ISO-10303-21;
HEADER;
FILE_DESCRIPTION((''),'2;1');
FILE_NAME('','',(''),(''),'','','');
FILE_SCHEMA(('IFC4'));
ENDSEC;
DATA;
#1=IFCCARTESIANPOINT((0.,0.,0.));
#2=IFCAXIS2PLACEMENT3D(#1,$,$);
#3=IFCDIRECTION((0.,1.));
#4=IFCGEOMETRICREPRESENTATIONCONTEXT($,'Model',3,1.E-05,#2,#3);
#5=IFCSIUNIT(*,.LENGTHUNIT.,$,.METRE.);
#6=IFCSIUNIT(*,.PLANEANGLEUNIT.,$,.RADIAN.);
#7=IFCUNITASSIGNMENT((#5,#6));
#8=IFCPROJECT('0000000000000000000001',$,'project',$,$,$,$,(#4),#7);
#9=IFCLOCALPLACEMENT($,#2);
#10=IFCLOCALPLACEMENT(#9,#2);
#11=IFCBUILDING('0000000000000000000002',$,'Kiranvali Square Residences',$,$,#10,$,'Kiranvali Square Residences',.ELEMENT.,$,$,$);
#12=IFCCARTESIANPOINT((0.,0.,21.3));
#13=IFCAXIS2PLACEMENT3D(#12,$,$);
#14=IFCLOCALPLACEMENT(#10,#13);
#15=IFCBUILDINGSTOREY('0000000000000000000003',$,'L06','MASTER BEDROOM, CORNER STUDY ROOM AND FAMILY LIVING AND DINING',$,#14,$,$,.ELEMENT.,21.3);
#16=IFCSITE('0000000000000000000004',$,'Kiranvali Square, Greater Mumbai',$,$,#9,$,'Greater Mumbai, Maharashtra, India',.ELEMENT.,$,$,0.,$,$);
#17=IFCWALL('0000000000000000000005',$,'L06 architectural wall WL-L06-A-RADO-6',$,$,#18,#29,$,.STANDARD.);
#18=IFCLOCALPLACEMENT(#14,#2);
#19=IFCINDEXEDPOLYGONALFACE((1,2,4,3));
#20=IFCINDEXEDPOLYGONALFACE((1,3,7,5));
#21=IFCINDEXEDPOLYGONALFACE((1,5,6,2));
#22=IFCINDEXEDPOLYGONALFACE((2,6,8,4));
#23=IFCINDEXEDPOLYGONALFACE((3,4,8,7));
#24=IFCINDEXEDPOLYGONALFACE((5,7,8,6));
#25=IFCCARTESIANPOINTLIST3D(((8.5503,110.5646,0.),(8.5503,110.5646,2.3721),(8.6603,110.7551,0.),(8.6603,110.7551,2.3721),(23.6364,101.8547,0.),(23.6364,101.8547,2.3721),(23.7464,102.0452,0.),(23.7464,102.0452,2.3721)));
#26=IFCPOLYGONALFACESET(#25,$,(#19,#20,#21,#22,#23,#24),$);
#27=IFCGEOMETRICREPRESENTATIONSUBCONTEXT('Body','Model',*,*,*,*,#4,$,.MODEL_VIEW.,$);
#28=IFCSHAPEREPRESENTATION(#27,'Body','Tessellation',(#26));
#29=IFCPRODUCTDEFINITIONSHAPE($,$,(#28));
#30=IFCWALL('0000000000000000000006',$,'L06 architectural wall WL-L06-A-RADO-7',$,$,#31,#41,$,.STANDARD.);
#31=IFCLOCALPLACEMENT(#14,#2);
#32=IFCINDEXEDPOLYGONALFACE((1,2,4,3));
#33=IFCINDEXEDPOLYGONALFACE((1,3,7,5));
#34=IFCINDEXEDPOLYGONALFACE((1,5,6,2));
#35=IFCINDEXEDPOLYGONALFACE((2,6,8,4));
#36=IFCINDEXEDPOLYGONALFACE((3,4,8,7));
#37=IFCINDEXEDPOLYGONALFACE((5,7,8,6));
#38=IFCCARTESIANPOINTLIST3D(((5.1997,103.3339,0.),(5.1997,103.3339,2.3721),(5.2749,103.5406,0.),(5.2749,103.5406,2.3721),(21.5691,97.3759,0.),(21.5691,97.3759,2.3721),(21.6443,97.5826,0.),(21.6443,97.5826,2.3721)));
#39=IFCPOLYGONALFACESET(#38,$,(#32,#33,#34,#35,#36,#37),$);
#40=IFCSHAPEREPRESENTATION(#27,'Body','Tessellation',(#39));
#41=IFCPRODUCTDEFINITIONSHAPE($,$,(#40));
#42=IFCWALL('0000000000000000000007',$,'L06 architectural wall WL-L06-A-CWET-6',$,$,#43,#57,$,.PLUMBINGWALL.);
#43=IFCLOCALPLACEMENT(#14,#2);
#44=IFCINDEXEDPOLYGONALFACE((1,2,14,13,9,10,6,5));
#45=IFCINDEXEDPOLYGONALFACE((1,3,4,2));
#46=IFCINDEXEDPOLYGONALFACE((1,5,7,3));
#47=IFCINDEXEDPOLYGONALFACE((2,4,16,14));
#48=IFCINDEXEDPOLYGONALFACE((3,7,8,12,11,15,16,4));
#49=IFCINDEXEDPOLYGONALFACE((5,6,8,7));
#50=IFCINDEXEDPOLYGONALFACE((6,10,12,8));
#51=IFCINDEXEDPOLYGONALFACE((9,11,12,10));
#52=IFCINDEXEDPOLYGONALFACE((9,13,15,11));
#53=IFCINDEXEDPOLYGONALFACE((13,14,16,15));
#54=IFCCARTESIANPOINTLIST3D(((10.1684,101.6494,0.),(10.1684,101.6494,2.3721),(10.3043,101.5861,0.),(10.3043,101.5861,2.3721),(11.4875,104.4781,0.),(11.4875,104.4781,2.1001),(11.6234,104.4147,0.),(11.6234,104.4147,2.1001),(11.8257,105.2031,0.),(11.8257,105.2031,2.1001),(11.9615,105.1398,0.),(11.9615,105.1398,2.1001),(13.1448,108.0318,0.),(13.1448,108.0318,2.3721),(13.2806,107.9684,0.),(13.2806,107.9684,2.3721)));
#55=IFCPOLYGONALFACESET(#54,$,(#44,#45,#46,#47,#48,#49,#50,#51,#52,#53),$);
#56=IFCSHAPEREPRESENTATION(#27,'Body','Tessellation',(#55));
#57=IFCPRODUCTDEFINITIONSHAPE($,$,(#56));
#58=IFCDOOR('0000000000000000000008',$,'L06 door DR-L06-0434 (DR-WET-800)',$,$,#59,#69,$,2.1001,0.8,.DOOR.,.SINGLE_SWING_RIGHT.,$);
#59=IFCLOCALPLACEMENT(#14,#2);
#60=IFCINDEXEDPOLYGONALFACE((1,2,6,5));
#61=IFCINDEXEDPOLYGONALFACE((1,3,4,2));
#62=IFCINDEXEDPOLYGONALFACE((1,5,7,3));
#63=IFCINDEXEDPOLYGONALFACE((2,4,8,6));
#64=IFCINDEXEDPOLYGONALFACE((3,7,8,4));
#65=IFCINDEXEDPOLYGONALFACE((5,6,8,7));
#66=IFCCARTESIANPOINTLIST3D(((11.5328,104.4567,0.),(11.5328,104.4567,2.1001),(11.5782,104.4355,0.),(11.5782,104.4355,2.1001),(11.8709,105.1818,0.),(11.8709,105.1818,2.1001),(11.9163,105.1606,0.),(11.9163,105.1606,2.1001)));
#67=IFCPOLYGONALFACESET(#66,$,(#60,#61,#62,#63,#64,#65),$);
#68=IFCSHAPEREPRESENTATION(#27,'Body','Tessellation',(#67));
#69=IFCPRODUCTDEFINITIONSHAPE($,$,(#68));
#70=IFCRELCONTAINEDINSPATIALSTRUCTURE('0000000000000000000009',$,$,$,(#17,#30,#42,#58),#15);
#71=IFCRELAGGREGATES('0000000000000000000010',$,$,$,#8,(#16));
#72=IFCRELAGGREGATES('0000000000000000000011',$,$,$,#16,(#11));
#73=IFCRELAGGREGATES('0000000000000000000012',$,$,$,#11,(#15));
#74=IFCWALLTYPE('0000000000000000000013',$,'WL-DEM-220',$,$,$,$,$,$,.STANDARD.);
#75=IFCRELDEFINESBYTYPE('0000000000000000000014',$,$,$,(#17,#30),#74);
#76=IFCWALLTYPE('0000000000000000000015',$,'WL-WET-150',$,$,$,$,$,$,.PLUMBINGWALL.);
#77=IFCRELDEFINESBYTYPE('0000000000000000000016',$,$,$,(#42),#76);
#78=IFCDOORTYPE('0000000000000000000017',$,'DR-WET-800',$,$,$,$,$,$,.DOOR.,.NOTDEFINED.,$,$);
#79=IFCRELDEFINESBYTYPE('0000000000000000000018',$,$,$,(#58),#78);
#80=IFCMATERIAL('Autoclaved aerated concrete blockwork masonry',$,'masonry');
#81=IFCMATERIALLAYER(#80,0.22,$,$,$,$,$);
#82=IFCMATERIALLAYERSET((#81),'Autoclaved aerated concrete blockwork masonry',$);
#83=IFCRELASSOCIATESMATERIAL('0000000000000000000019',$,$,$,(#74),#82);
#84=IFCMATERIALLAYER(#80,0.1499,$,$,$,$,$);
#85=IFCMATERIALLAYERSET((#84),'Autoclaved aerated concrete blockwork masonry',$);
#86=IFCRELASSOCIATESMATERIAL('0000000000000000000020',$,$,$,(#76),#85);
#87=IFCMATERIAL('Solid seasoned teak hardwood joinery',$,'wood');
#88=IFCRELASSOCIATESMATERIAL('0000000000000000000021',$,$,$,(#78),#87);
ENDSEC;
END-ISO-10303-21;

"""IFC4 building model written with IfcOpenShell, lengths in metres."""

from ifc_helpers import new_model, si_unit, direction, frame, frame_2d, origin, place, context, subcontext, project, spatial, rectangle, extrude, material, layer, layer_set, type_object, element, fill, save


model = new_model("IFC4")

# Units and contexts
model_context = context("Model", 3, precision=1e-05, world=origin(), true_north=direction((0.0, 1.0)))
body_context = subcontext(model_context, "Body", "Model", "MODEL_VIEW")
ifc_project = project(units=[si_unit("LENGTHUNIT", "METRE"), si_unit("PLANEANGLEUNIT", "RADIAN")], contexts=[model_context])

# Site, building, storey
site_placement = place(None, origin())
site = spatial("IfcSite", under=ifc_project, at=site_placement, Name="Kiranvali Square, Greater Mumbai", LongName="Greater Mumbai, Maharashtra, India", CompositionType="ELEMENT", RefElevation=0.0)
building_placement = place(site_placement, origin())
building = spatial("IfcBuilding", under=site, at=building_placement, Name="Kiranvali Square Residences", LongName="Kiranvali Square Residences", CompositionType="ELEMENT")
storey_placement = place(building_placement, frame((0.0, 0.0, 21.3)))
storey = spatial("IfcBuildingStorey", under=building, at=storey_placement, Name="L06", Description="MASTER BEDROOM, CORNER STUDY ROOM AND FAMILY LIVING AND DINING", CompositionType="ELEMENT", Elevation=21.3)

# Shared definitions
ifc_material_1 = material(Name="Autoclaved aerated concrete blockwork masonry", Category="masonry")

# Walls
ifc_layer_1 = layer(ifc_material_1, 0.22)
ifc_layer_set_1 = layer_set([ifc_layer_1], Name="Autoclaved aerated concrete blockwork masonry")
wall_type_1 = type_object("IfcWallType", Name="WL-DEM-220", PredefinedType="STANDARD", material=ifc_layer_set_1)
for number, where, z_axis, x_axis, name in (
    (1, (23.6914, 101.95, 0.0), (0.0, 0.0, 1.0), (-0.866027, 0.499998, 0.0), "L06 architectural wall WL-L06-A-RADO-6"),
    (2, (21.6067, 97.4792, 0.0), (0.0, 0.0, 1.0), (-0.939692, 0.342022, 0.0), "L06 architectural wall WL-L06-A-RADO-7"),
):
    element("IfcWall", number, at=place(storey_placement, frame(where, z_axis=z_axis, x_axis=x_axis)), inside=storey, type_object=wall_type_1, Name=name, PredefinedType="STANDARD", context=body_context, shape_type="SweptSolid", body=[
        extrude(rectangle(XDim=17.4199, YDim=0.22, at=frame_2d((8.71, 0.0))), origin(), (0.0, 0.0, 1.0), 2.3721),
    ])

# Wall, opening, door
ifc_layer_2 = layer(ifc_material_1, 0.1499)
ifc_layer_set_2 = layer_set([ifc_layer_2], Name="Autoclaved aerated concrete blockwork masonry")
wall_type_2 = type_object("IfcWallType", Name="WL-WET-150", PredefinedType="PLUMBINGWALL", material=ifc_layer_set_2)
wall_1_placement = place(storey_placement, frame((13.2126, 108.0, 0.0), z_axis=(0.0, 0.0, 1.0), x_axis=(-0.422641, -0.906297, 0.0)))
wall_1 = element("IfcWall", 3, at=wall_1_placement, inside=storey, type_object=wall_type_2, Name="L06 architectural wall WL-L06-A-CWET-6", PredefinedType="PLUMBINGWALL", context=body_context, shape_type="SweptSolid", body=[
    extrude(rectangle(XDim=7.0422, YDim=0.1499, at=frame_2d((3.521, 0.0))), origin(), (0.0, 0.0, 1.0), 2.3721),
])
opening_1_placement = place(wall_1_placement, frame((3.1211, 0.0, 0.0)))
opening_1 = element("IfcOpeningElement", 4, at=opening_1_placement, cuts=wall_1, PredefinedType="OPENING", context=body_context, shape_type="SweptSolid", body=[
    extrude(rectangle(XDim=0.8, YDim=2.1001, at=frame_2d((0.3999, 1.05))), frame((0.0, 0.085, 0.0), z_axis=(0.0, -1.0, 0.0), x_axis=(1.0, 0.0, 0.0)), (0.0, 0.0, 1.0), 0.1699),
])
ifc_material_2 = material(Name="Solid seasoned teak hardwood joinery", Category="wood")
door_type_1 = type_object("IfcDoorType", Name="DR-WET-800", OperationType="NOTDEFINED", PredefinedType="DOOR", material=ifc_material_2)
door_1_placement = place(opening_1_placement, frame((0.8, 0.0, 0.0), z_axis=(0.0, 0.0, 1.0), x_axis=(-1.0, 0.0, 0.0)))
door_1 = element("IfcDoor", 5, at=door_1_placement, inside=storey, type_object=door_type_1, Name="L06 door DR-L06-0434 (DR-WET-800)", OperationType="SINGLE_SWING_RIGHT", OverallHeight=2.1001, OverallWidth=0.8, PredefinedType="DOOR", context=body_context, shape_type="SweptSolid", body=[
    extrude(rectangle(XDim=0.8, YDim=2.1001, at=frame_2d((0.3999, 1.05))), frame((0.0, 0.0249, 0.0), z_axis=(0.0, -1.0, 0.0), x_axis=(1.0, 0.0, 0.0)), (0.0, 0.0, 1.0), 0.05),
])
fill(opening_1, door_1)

save(model, "model.ifc")
